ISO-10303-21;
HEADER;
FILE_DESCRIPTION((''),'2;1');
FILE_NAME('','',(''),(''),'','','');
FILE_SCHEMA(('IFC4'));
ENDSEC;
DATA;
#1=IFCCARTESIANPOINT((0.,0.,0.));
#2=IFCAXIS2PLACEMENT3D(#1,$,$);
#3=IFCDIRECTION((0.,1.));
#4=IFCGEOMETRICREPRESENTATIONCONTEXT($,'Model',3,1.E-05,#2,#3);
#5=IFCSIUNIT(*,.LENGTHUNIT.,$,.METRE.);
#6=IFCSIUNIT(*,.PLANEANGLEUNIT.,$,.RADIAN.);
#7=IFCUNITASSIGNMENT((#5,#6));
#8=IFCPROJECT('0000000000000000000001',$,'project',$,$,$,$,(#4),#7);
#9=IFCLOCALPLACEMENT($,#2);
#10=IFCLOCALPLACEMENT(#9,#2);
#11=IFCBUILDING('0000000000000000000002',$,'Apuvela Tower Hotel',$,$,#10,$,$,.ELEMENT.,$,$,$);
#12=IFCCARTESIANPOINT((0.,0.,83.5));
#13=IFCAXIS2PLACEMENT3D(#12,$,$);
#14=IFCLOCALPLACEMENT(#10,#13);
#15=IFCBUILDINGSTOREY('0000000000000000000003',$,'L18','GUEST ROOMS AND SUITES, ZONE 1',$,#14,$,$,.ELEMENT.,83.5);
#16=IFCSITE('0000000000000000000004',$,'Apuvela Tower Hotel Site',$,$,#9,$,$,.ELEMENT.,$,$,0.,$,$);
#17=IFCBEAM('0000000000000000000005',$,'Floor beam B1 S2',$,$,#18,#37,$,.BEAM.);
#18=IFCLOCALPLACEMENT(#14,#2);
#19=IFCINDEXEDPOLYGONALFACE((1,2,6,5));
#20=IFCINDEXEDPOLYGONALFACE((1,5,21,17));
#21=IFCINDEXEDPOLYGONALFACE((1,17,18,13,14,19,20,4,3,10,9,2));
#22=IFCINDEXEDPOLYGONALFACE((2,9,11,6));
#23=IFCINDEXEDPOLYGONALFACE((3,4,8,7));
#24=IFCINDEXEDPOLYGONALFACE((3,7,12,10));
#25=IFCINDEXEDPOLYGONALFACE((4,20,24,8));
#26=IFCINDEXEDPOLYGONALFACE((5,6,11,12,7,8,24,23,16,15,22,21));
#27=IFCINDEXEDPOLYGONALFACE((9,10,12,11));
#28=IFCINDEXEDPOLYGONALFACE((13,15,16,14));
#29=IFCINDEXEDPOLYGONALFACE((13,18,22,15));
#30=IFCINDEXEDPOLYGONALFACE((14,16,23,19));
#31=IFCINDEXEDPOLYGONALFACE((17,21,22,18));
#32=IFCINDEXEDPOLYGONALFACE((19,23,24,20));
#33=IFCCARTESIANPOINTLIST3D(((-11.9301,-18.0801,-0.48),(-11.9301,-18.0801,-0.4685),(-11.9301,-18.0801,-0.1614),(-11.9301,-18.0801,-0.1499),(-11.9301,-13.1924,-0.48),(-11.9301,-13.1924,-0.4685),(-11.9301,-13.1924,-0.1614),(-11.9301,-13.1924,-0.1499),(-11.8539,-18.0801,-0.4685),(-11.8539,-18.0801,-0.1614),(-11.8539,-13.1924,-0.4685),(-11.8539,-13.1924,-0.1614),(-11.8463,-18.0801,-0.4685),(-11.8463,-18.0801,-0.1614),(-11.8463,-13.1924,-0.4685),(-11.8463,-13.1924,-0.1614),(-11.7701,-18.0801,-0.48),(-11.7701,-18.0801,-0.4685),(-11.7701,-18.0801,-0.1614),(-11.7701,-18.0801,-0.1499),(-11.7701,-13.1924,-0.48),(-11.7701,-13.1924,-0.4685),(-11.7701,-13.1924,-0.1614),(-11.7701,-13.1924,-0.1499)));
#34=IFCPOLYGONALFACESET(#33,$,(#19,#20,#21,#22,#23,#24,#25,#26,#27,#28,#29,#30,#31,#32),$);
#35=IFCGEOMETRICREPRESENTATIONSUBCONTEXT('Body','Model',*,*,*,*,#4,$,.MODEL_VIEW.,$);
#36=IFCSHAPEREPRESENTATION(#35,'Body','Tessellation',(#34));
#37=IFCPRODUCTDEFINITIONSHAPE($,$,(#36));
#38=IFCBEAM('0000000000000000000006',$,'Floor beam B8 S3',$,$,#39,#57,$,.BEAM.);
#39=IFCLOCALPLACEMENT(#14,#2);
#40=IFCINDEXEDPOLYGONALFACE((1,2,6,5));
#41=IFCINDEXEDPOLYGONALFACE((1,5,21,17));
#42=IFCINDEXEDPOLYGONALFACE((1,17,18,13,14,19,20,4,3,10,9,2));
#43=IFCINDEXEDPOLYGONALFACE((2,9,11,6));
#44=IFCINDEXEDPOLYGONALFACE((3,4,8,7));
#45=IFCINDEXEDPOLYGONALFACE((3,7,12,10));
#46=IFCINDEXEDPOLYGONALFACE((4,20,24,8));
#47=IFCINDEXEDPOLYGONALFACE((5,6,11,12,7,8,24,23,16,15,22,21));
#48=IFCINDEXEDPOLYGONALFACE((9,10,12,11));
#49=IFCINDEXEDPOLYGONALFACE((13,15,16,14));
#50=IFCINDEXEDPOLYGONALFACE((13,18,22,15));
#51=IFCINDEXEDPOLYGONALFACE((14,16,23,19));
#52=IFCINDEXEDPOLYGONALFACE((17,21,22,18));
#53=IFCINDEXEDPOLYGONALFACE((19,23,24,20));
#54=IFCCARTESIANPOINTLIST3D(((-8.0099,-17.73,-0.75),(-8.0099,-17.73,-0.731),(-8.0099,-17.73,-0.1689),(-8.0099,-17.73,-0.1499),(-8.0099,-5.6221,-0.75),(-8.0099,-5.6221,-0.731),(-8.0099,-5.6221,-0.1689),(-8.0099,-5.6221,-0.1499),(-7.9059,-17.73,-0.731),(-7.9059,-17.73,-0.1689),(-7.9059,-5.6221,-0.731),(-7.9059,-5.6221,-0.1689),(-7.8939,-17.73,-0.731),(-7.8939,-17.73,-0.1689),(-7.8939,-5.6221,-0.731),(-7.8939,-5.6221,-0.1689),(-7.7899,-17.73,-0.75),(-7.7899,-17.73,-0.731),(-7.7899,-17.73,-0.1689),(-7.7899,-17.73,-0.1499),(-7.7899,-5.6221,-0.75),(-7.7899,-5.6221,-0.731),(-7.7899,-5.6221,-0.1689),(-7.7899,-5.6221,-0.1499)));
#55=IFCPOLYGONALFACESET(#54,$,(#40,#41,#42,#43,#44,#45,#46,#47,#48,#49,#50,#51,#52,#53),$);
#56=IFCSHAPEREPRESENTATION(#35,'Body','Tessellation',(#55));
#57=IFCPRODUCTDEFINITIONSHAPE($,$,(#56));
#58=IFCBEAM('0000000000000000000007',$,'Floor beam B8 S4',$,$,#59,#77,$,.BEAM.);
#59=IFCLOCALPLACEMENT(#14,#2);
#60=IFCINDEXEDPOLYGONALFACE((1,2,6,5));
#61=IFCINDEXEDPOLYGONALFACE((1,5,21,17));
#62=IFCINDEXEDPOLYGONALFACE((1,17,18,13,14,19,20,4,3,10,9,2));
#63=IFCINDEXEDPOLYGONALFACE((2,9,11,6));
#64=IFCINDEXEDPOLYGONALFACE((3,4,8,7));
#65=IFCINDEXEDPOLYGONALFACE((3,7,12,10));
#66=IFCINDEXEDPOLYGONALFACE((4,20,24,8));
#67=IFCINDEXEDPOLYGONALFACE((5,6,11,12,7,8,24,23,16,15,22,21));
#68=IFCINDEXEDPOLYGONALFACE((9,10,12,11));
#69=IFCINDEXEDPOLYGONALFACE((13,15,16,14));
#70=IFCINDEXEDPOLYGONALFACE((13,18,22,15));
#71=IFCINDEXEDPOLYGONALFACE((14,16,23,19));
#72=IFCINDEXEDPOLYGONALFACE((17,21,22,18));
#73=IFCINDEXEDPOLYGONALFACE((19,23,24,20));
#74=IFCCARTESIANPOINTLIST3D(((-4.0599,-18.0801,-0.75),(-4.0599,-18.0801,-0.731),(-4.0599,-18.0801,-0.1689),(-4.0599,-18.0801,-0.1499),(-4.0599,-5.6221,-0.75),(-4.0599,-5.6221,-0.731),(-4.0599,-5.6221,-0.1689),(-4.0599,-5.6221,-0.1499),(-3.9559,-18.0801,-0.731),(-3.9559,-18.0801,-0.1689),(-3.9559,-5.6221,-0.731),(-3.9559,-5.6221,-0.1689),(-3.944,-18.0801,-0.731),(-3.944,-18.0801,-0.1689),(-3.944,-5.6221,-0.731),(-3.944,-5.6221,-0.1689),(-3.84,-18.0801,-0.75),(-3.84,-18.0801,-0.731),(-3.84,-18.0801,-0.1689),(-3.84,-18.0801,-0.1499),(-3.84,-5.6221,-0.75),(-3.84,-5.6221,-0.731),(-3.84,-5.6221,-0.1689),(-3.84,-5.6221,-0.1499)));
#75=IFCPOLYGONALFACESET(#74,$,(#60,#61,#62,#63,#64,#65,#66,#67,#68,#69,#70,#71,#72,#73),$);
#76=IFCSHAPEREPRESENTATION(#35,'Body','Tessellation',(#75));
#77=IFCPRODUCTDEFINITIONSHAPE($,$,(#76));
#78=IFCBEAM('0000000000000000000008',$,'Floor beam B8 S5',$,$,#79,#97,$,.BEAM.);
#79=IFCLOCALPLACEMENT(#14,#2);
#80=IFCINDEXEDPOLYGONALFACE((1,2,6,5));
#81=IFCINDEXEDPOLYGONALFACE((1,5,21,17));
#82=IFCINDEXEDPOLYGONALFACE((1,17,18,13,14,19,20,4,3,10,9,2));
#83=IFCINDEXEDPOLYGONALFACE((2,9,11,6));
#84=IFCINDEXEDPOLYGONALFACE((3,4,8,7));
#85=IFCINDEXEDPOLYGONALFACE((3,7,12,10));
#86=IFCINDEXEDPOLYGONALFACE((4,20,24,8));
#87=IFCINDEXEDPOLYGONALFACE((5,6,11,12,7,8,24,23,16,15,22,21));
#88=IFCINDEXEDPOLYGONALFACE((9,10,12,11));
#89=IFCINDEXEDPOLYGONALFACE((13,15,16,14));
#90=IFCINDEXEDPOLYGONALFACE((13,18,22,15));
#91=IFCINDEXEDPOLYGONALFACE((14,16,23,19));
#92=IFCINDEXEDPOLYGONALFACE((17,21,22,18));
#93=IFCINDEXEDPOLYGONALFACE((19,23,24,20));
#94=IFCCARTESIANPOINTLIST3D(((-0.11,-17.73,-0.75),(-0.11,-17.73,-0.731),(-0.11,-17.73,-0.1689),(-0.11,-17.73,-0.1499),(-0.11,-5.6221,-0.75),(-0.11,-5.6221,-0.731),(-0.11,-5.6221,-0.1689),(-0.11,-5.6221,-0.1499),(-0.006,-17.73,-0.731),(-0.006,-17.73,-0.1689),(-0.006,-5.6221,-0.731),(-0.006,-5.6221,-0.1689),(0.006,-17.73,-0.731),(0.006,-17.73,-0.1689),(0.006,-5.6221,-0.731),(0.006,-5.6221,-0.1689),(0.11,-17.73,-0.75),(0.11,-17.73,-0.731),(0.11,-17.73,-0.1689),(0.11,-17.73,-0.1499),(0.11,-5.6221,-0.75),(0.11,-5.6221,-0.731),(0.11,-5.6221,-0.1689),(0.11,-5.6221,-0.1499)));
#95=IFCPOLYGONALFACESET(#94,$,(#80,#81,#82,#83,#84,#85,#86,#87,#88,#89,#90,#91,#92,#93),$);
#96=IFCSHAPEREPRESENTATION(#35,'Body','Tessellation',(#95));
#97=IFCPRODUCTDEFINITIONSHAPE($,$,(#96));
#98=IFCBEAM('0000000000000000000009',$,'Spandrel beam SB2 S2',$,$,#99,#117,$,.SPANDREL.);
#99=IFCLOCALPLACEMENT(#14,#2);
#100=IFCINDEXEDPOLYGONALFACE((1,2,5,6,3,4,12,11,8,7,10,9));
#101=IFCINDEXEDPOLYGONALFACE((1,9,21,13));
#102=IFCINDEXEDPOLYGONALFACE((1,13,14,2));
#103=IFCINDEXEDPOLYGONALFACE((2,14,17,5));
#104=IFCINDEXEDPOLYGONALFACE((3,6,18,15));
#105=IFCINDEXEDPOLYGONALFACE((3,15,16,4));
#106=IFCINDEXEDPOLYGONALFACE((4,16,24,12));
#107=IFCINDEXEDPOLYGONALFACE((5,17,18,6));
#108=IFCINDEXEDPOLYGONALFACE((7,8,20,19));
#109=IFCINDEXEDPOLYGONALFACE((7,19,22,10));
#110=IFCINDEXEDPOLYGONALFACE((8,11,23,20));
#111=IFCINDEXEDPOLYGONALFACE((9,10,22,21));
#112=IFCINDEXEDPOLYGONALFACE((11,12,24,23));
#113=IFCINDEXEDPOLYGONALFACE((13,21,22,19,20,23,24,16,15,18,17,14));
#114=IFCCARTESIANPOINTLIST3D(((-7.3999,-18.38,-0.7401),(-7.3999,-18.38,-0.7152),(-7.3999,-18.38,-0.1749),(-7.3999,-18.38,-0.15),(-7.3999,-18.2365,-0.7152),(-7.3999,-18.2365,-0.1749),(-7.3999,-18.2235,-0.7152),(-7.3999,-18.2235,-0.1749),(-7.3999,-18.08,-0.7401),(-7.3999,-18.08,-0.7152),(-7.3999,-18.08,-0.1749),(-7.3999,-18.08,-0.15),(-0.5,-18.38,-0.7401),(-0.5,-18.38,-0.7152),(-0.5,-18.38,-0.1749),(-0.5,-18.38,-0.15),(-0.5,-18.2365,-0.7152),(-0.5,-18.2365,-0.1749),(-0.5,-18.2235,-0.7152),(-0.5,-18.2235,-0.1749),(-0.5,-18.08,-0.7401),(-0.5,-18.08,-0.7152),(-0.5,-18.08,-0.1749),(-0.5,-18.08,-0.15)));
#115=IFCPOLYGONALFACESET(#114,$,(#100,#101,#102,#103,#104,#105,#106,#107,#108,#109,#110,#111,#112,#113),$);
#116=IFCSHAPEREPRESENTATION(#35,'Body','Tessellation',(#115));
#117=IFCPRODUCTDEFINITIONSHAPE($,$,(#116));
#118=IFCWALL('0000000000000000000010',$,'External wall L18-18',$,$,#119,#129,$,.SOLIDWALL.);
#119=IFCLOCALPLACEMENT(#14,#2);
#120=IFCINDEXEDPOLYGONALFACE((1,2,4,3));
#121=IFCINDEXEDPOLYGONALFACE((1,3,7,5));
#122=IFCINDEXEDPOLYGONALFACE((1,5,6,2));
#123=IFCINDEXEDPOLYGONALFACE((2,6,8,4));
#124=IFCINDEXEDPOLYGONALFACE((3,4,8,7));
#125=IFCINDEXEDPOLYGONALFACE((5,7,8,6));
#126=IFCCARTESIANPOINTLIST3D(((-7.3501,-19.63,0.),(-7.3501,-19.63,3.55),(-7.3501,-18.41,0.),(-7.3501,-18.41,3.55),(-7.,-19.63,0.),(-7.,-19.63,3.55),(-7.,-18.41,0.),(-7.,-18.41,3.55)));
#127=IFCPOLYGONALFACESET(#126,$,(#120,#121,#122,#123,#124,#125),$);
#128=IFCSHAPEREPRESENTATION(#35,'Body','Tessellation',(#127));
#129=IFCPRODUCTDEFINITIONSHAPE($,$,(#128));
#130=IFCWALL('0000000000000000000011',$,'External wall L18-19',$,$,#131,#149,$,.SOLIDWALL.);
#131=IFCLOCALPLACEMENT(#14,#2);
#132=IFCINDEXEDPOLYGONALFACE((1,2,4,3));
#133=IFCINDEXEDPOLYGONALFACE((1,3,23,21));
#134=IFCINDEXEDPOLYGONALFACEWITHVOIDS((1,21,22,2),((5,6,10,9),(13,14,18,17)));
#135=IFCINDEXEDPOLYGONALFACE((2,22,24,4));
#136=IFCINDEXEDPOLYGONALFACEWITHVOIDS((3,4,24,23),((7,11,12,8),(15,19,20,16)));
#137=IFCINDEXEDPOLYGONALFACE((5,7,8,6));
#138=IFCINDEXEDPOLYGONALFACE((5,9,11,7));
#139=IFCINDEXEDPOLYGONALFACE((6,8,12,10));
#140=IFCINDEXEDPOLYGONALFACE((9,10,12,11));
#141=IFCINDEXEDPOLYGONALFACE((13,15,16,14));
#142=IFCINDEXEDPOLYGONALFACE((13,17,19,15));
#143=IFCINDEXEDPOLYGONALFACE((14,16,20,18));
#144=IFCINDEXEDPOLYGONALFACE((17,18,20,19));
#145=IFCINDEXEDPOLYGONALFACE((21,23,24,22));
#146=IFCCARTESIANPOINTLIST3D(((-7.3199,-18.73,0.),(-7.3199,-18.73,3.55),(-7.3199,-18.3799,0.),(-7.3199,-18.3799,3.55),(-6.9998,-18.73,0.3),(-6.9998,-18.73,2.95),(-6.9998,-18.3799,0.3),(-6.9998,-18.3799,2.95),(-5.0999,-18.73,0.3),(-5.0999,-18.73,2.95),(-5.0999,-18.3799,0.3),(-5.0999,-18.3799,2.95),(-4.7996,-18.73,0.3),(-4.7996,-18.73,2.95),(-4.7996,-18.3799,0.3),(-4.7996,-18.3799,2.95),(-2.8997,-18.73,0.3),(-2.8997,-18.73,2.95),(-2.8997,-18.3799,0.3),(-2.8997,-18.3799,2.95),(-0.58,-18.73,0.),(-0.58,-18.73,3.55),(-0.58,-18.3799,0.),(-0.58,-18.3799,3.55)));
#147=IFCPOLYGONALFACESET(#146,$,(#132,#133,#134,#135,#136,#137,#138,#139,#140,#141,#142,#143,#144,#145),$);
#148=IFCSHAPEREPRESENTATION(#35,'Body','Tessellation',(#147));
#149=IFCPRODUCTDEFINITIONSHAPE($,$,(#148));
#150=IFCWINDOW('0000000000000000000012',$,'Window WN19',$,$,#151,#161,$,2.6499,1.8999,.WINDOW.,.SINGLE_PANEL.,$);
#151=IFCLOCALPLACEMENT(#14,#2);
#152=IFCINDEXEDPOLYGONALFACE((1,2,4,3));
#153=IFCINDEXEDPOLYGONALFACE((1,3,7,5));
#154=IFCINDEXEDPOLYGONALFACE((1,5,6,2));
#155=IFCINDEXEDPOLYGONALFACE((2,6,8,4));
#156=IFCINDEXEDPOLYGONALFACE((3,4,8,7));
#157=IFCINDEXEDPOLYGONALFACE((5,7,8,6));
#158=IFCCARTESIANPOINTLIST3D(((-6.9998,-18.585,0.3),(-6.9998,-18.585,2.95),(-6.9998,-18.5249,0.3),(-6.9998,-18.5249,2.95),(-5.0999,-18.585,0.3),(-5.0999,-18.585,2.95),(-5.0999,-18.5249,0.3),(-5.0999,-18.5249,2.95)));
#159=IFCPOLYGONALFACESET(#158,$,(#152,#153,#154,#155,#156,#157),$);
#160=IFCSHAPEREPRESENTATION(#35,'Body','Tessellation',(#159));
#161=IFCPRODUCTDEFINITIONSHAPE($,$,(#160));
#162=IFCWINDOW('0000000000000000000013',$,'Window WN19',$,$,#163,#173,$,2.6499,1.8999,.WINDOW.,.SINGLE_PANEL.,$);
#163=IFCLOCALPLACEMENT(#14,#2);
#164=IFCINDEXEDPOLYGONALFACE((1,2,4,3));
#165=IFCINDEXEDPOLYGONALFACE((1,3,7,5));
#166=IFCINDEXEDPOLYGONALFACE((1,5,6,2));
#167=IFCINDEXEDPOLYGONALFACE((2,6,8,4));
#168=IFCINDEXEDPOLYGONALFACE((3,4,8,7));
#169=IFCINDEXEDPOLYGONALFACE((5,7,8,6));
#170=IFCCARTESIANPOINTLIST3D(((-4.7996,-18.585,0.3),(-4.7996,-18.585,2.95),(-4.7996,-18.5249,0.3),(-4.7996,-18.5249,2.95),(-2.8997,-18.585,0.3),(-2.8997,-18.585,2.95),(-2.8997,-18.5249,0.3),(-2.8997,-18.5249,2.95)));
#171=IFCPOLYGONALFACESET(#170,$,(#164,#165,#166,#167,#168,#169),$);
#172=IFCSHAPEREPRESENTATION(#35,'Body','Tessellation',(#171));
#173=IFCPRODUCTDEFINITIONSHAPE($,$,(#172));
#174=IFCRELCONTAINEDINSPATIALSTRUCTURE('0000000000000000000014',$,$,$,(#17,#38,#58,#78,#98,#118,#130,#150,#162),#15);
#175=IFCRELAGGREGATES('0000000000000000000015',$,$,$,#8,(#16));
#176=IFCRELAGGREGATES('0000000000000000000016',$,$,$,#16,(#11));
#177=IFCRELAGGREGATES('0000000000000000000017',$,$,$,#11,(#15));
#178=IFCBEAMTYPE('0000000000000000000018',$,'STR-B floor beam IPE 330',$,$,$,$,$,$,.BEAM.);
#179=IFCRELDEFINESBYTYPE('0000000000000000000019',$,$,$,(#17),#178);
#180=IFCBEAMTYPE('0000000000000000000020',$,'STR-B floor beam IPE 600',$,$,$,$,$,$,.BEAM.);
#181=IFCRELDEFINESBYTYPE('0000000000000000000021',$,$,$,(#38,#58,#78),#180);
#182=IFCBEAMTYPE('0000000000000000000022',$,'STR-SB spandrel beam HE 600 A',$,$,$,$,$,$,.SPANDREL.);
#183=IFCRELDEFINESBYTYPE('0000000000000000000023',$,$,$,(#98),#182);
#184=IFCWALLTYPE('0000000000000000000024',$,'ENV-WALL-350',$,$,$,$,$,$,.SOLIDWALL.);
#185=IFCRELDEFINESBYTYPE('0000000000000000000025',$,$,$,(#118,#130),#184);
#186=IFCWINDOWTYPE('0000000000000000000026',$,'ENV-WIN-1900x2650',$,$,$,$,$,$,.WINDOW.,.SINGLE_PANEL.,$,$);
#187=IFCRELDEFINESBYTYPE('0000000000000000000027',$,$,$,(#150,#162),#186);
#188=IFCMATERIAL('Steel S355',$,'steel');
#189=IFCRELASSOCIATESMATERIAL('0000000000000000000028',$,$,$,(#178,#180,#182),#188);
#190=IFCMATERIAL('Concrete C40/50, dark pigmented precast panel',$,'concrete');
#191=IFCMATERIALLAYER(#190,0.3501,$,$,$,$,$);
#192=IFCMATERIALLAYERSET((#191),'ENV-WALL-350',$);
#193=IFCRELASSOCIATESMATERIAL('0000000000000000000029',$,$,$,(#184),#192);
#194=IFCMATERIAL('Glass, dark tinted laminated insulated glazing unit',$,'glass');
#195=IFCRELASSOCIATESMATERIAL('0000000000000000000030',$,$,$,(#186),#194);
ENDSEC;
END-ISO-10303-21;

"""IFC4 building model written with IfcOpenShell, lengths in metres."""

from ifc_helpers import new_model, si_unit, direction, frame, frame_2d, origin, origin_2d, place, context, subcontext, project, spatial, rectangle, i_section, extrude, material, layer, layer_set, material_profile, profile_set, type_object, element, fill, save


model = new_model("IFC4")

# Units and contexts
model_context = context("Model", 3, precision=1e-05, world=origin(), true_north=direction((0.0, 1.0)))
body_context = subcontext(model_context, "Body", "Model", "MODEL_VIEW")
ifc_project = project(units=[si_unit("LENGTHUNIT", "METRE"), si_unit("PLANEANGLEUNIT", "RADIAN")], contexts=[model_context])

# Site, building, storey
site_placement = place(None, origin())
site = spatial("IfcSite", under=ifc_project, at=site_placement, Name="Apuvela Tower Hotel Site", CompositionType="ELEMENT", RefElevation=0.0)
building_placement = place(site_placement, origin())
building = spatial("IfcBuilding", under=site, at=building_placement, Name="Apuvela Tower Hotel", CompositionType="ELEMENT")
storey_placement = place(building_placement, frame((0.0, 0.0, 83.5)))
storey = spatial("IfcBuildingStorey", under=building, at=storey_placement, Name="L18", Description="GUEST ROOMS AND SUITES, ZONE 1", CompositionType="ELEMENT", Elevation=83.5)

# Beams
ifc_material_1 = material(Name="Steel S355", Category="steel")
ifc_material_profile_1 = material_profile(ifc_material_1, i_section(OverallWidth=0.1599, OverallDepth=0.3301, WebThickness=0.0076, FlangeThickness=0.0115, at=origin_2d()), Name="IPE 330")
ifc_profile_set_1 = profile_set([ifc_material_profile_1], Name="Steel S355")
beam_type_1 = type_object("IfcBeamType", Name="STR-B floor beam IPE 330", PredefinedType="BEAM", material=ifc_profile_set_1)
beam_1_placement = place(storey_placement, frame((-11.8501, -18.0801, -0.3149), z_axis=(0.0, 1.0, 0.0), x_axis=(-1.0, 0.0, 0.0)))
element("IfcBeam", 1, at=beam_1_placement, inside=storey, type_object=beam_type_1, Name="Floor beam B1 S2", PredefinedType="BEAM", context=body_context, shape_type="SweptSolid", body=[
    extrude(i_section(OverallWidth=0.1599, OverallDepth=0.3301, WebThickness=0.0076, FlangeThickness=0.0115, at=origin_2d()), origin(), (0.0, 0.0, 1.0), 4.8877),
])
ifc_material_profile_2 = material_profile(ifc_material_1, i_section(OverallWidth=0.22, OverallDepth=0.6001, WebThickness=0.012, FlangeThickness=0.019, at=origin_2d()), Name="IPE 600")
ifc_profile_set_2 = profile_set([ifc_material_profile_2], Name="Steel S355")
beam_type_2 = type_object("IfcBeamType", Name="STR-B floor beam IPE 600", PredefinedType="BEAM", material=ifc_profile_set_2)
beam_2_placement = place(storey_placement, frame((-7.8999, -17.73, -0.45), z_axis=(0.0, 1.0, 0.0), x_axis=(-1.0, 0.0, 0.0)))
element("IfcBeam", 2, at=beam_2_placement, inside=storey, type_object=beam_type_2, Name="Floor beam B8 S3", PredefinedType="BEAM", context=body_context, shape_type="SweptSolid", body=[
    extrude(i_section(OverallWidth=0.22, OverallDepth=0.6001, WebThickness=0.012, FlangeThickness=0.019, at=origin_2d()), origin(), (0.0, 0.0, 1.0), 12.1079),
])
beam_3_placement = place(storey_placement, frame((-3.95, -18.0801, -0.45), z_axis=(0.0, 1.0, 0.0), x_axis=(-1.0, 0.0, 0.0)))
element("IfcBeam", 3, at=beam_3_placement, inside=storey, type_object=beam_type_2, Name="Floor beam B8 S4", PredefinedType="BEAM", context=body_context, shape_type="SweptSolid", body=[
    extrude(i_section(OverallWidth=0.22, OverallDepth=0.6001, WebThickness=0.012, FlangeThickness=0.019, at=origin_2d()), origin(), (0.0, 0.0, 1.0), 12.458),
])
beam_4_placement = place(storey_placement, frame((0.0, -17.73, -0.45), z_axis=(0.0, 1.0, 0.0), x_axis=(-1.0, 0.0, 0.0)))
element("IfcBeam", 4, at=beam_4_placement, inside=storey, type_object=beam_type_2, Name="Floor beam B8 S5", PredefinedType="BEAM", context=body_context, shape_type="SweptSolid", body=[
    extrude(i_section(OverallWidth=0.22, OverallDepth=0.6001, WebThickness=0.012, FlangeThickness=0.019, at=origin_2d()), origin(), (0.0, 0.0, 1.0), 12.1079),
])
ifc_material_profile_3 = material_profile(ifc_material_1, i_section(OverallWidth=0.3, OverallDepth=0.5901, WebThickness=0.0129, FlangeThickness=0.0249, at=origin_2d()), Name="HE 600 A")
ifc_profile_set_3 = profile_set([ifc_material_profile_3], Name="Steel S355")
beam_type_3 = type_object("IfcBeamType", Name="STR-SB spandrel beam HE 600 A", PredefinedType="SPANDREL", material=ifc_profile_set_3)
beam_5_placement = place(storey_placement, frame((-7.3999, -18.23, -0.4451), z_axis=(1.0, 0.0, 0.0), x_axis=(0.0, 1.0, 0.0)))
element("IfcBeam", 5, at=beam_5_placement, inside=storey, type_object=beam_type_3, Name="Spandrel beam SB2 S2", PredefinedType="SPANDREL", context=body_context, shape_type="SweptSolid", body=[
    extrude(i_section(OverallWidth=0.3, OverallDepth=0.5901, WebThickness=0.0129, FlangeThickness=0.0249, at=origin_2d()), origin(), (0.0, 0.0, 1.0), 6.8999),
])

# Wall
ifc_material_2 = material(Name="Concrete C40/50, dark pigmented precast panel", Category="concrete")
ifc_layer_1 = layer(ifc_material_2, 0.3501)
ifc_layer_set_1 = layer_set([ifc_layer_1], Name="ENV-WALL-350")
wall_type_1 = type_object("IfcWallType", Name="ENV-WALL-350", PredefinedType="SOLIDWALL", material=ifc_layer_set_1)
wall_1_placement = place(storey_placement, frame((-7.175, -19.6299, 0.0), z_axis=(0.0, 0.0, 1.0), x_axis=(0.0, 1.0, 0.0)))
element("IfcWall", 6, at=wall_1_placement, inside=storey, type_object=wall_type_1, Name="External wall L18-18", PredefinedType="SOLIDWALL", context=body_context, shape_type="SweptSolid", body=[
    extrude(rectangle(XDim=1.22, YDim=0.3501, at=frame_2d((0.6099, 0.0))), origin(), (0.0, 0.0, 1.0), 3.55),
])

# Wall, openings, windows
wall_2_placement = place(storey_placement, frame((-7.3201, -18.5549, 0.0), z_axis=(0.0, 0.0, 1.0), x_axis=(1.0, 0.0, 0.0)))
wall_2 = element("IfcWall", 7, at=wall_2_placement, inside=storey, type_object=wall_type_1, Name="External wall L18-19", PredefinedType="SOLIDWALL", context=body_context, shape_type="SweptSolid", body=[
    extrude(rectangle(XDim=6.74, YDim=0.3501, at=frame_2d((3.3701, 0.0))), origin(), (0.0, 0.0, 1.0), 3.55),
])
opening_1_placement = place(wall_2_placement, frame((0.3203, 0.0, 0.3)))
opening_1 = element("IfcOpeningElement", 8, at=opening_1_placement, cuts=wall_2, PredefinedType="OPENING", context=body_context, shape_type="SweptSolid", body=[
    extrude(rectangle(XDim=1.8999, YDim=2.6499, at=frame_2d((0.95, 1.325))), frame((0.0, 0.1851, 0.0), z_axis=(0.0, -1.0, 0.0), x_axis=(1.0, 0.0, 0.0)), (0.0, 0.0, 1.0), 0.3701),
])
opening_2_placement = place(wall_2_placement, frame((2.5205, 0.0, 0.3)))
opening_2 = element("IfcOpeningElement", 9, at=opening_2_placement, cuts=wall_2, PredefinedType="OPENING", context=body_context, shape_type="SweptSolid", body=[
    extrude(rectangle(XDim=1.8999, YDim=2.6499, at=frame_2d((0.95, 1.325))), frame((0.0, 0.1851, 0.0), z_axis=(0.0, -1.0, 0.0), x_axis=(1.0, 0.0, 0.0)), (0.0, 0.0, 1.0), 0.3701),
])
ifc_material_3 = material(Name="Glass, dark tinted laminated insulated glazing unit", Category="glass")
window_type_1 = type_object("IfcWindowType", Name="ENV-WIN-1900x2650", PartitioningType="SINGLE_PANEL", PredefinedType="WINDOW", material=ifc_material_3)
window_1_placement = place(opening_1_placement, origin())
window_1 = element("IfcWindow", 10, at=window_1_placement, inside=storey, type_object=window_type_1, Name="Window WN19", OverallHeight=2.6499, OverallWidth=1.8999, PartitioningType="SINGLE_PANEL", PredefinedType="WINDOW", context=body_context, shape_type="SweptSolid", body=[
    extrude(rectangle(XDim=1.8999, YDim=2.6499, at=frame_2d((0.95, 1.325))), frame((0.0, 0.03, 0.0), z_axis=(0.0, -1.0, 0.0), x_axis=(1.0, 0.0, 0.0)), (0.0, 0.0, 1.0), 0.0601),
])
fill(opening_1, window_1)
window_2_placement = place(opening_2_placement, origin())
window_2 = element("IfcWindow", 11, at=window_2_placement, inside=storey, type_object=window_type_1, Name="Window WN19", OverallHeight=2.6499, OverallWidth=1.8999, PartitioningType="SINGLE_PANEL", PredefinedType="WINDOW", context=body_context, shape_type="SweptSolid", body=[
    extrude(rectangle(XDim=1.8999, YDim=2.6499, at=frame_2d((0.95, 1.325))), frame((0.0, 0.03, 0.0), z_axis=(0.0, -1.0, 0.0), x_axis=(1.0, 0.0, 0.0)), (0.0, 0.0, 1.0), 0.0601),
])
fill(opening_2, window_2)

save(model, "model.ifc")
